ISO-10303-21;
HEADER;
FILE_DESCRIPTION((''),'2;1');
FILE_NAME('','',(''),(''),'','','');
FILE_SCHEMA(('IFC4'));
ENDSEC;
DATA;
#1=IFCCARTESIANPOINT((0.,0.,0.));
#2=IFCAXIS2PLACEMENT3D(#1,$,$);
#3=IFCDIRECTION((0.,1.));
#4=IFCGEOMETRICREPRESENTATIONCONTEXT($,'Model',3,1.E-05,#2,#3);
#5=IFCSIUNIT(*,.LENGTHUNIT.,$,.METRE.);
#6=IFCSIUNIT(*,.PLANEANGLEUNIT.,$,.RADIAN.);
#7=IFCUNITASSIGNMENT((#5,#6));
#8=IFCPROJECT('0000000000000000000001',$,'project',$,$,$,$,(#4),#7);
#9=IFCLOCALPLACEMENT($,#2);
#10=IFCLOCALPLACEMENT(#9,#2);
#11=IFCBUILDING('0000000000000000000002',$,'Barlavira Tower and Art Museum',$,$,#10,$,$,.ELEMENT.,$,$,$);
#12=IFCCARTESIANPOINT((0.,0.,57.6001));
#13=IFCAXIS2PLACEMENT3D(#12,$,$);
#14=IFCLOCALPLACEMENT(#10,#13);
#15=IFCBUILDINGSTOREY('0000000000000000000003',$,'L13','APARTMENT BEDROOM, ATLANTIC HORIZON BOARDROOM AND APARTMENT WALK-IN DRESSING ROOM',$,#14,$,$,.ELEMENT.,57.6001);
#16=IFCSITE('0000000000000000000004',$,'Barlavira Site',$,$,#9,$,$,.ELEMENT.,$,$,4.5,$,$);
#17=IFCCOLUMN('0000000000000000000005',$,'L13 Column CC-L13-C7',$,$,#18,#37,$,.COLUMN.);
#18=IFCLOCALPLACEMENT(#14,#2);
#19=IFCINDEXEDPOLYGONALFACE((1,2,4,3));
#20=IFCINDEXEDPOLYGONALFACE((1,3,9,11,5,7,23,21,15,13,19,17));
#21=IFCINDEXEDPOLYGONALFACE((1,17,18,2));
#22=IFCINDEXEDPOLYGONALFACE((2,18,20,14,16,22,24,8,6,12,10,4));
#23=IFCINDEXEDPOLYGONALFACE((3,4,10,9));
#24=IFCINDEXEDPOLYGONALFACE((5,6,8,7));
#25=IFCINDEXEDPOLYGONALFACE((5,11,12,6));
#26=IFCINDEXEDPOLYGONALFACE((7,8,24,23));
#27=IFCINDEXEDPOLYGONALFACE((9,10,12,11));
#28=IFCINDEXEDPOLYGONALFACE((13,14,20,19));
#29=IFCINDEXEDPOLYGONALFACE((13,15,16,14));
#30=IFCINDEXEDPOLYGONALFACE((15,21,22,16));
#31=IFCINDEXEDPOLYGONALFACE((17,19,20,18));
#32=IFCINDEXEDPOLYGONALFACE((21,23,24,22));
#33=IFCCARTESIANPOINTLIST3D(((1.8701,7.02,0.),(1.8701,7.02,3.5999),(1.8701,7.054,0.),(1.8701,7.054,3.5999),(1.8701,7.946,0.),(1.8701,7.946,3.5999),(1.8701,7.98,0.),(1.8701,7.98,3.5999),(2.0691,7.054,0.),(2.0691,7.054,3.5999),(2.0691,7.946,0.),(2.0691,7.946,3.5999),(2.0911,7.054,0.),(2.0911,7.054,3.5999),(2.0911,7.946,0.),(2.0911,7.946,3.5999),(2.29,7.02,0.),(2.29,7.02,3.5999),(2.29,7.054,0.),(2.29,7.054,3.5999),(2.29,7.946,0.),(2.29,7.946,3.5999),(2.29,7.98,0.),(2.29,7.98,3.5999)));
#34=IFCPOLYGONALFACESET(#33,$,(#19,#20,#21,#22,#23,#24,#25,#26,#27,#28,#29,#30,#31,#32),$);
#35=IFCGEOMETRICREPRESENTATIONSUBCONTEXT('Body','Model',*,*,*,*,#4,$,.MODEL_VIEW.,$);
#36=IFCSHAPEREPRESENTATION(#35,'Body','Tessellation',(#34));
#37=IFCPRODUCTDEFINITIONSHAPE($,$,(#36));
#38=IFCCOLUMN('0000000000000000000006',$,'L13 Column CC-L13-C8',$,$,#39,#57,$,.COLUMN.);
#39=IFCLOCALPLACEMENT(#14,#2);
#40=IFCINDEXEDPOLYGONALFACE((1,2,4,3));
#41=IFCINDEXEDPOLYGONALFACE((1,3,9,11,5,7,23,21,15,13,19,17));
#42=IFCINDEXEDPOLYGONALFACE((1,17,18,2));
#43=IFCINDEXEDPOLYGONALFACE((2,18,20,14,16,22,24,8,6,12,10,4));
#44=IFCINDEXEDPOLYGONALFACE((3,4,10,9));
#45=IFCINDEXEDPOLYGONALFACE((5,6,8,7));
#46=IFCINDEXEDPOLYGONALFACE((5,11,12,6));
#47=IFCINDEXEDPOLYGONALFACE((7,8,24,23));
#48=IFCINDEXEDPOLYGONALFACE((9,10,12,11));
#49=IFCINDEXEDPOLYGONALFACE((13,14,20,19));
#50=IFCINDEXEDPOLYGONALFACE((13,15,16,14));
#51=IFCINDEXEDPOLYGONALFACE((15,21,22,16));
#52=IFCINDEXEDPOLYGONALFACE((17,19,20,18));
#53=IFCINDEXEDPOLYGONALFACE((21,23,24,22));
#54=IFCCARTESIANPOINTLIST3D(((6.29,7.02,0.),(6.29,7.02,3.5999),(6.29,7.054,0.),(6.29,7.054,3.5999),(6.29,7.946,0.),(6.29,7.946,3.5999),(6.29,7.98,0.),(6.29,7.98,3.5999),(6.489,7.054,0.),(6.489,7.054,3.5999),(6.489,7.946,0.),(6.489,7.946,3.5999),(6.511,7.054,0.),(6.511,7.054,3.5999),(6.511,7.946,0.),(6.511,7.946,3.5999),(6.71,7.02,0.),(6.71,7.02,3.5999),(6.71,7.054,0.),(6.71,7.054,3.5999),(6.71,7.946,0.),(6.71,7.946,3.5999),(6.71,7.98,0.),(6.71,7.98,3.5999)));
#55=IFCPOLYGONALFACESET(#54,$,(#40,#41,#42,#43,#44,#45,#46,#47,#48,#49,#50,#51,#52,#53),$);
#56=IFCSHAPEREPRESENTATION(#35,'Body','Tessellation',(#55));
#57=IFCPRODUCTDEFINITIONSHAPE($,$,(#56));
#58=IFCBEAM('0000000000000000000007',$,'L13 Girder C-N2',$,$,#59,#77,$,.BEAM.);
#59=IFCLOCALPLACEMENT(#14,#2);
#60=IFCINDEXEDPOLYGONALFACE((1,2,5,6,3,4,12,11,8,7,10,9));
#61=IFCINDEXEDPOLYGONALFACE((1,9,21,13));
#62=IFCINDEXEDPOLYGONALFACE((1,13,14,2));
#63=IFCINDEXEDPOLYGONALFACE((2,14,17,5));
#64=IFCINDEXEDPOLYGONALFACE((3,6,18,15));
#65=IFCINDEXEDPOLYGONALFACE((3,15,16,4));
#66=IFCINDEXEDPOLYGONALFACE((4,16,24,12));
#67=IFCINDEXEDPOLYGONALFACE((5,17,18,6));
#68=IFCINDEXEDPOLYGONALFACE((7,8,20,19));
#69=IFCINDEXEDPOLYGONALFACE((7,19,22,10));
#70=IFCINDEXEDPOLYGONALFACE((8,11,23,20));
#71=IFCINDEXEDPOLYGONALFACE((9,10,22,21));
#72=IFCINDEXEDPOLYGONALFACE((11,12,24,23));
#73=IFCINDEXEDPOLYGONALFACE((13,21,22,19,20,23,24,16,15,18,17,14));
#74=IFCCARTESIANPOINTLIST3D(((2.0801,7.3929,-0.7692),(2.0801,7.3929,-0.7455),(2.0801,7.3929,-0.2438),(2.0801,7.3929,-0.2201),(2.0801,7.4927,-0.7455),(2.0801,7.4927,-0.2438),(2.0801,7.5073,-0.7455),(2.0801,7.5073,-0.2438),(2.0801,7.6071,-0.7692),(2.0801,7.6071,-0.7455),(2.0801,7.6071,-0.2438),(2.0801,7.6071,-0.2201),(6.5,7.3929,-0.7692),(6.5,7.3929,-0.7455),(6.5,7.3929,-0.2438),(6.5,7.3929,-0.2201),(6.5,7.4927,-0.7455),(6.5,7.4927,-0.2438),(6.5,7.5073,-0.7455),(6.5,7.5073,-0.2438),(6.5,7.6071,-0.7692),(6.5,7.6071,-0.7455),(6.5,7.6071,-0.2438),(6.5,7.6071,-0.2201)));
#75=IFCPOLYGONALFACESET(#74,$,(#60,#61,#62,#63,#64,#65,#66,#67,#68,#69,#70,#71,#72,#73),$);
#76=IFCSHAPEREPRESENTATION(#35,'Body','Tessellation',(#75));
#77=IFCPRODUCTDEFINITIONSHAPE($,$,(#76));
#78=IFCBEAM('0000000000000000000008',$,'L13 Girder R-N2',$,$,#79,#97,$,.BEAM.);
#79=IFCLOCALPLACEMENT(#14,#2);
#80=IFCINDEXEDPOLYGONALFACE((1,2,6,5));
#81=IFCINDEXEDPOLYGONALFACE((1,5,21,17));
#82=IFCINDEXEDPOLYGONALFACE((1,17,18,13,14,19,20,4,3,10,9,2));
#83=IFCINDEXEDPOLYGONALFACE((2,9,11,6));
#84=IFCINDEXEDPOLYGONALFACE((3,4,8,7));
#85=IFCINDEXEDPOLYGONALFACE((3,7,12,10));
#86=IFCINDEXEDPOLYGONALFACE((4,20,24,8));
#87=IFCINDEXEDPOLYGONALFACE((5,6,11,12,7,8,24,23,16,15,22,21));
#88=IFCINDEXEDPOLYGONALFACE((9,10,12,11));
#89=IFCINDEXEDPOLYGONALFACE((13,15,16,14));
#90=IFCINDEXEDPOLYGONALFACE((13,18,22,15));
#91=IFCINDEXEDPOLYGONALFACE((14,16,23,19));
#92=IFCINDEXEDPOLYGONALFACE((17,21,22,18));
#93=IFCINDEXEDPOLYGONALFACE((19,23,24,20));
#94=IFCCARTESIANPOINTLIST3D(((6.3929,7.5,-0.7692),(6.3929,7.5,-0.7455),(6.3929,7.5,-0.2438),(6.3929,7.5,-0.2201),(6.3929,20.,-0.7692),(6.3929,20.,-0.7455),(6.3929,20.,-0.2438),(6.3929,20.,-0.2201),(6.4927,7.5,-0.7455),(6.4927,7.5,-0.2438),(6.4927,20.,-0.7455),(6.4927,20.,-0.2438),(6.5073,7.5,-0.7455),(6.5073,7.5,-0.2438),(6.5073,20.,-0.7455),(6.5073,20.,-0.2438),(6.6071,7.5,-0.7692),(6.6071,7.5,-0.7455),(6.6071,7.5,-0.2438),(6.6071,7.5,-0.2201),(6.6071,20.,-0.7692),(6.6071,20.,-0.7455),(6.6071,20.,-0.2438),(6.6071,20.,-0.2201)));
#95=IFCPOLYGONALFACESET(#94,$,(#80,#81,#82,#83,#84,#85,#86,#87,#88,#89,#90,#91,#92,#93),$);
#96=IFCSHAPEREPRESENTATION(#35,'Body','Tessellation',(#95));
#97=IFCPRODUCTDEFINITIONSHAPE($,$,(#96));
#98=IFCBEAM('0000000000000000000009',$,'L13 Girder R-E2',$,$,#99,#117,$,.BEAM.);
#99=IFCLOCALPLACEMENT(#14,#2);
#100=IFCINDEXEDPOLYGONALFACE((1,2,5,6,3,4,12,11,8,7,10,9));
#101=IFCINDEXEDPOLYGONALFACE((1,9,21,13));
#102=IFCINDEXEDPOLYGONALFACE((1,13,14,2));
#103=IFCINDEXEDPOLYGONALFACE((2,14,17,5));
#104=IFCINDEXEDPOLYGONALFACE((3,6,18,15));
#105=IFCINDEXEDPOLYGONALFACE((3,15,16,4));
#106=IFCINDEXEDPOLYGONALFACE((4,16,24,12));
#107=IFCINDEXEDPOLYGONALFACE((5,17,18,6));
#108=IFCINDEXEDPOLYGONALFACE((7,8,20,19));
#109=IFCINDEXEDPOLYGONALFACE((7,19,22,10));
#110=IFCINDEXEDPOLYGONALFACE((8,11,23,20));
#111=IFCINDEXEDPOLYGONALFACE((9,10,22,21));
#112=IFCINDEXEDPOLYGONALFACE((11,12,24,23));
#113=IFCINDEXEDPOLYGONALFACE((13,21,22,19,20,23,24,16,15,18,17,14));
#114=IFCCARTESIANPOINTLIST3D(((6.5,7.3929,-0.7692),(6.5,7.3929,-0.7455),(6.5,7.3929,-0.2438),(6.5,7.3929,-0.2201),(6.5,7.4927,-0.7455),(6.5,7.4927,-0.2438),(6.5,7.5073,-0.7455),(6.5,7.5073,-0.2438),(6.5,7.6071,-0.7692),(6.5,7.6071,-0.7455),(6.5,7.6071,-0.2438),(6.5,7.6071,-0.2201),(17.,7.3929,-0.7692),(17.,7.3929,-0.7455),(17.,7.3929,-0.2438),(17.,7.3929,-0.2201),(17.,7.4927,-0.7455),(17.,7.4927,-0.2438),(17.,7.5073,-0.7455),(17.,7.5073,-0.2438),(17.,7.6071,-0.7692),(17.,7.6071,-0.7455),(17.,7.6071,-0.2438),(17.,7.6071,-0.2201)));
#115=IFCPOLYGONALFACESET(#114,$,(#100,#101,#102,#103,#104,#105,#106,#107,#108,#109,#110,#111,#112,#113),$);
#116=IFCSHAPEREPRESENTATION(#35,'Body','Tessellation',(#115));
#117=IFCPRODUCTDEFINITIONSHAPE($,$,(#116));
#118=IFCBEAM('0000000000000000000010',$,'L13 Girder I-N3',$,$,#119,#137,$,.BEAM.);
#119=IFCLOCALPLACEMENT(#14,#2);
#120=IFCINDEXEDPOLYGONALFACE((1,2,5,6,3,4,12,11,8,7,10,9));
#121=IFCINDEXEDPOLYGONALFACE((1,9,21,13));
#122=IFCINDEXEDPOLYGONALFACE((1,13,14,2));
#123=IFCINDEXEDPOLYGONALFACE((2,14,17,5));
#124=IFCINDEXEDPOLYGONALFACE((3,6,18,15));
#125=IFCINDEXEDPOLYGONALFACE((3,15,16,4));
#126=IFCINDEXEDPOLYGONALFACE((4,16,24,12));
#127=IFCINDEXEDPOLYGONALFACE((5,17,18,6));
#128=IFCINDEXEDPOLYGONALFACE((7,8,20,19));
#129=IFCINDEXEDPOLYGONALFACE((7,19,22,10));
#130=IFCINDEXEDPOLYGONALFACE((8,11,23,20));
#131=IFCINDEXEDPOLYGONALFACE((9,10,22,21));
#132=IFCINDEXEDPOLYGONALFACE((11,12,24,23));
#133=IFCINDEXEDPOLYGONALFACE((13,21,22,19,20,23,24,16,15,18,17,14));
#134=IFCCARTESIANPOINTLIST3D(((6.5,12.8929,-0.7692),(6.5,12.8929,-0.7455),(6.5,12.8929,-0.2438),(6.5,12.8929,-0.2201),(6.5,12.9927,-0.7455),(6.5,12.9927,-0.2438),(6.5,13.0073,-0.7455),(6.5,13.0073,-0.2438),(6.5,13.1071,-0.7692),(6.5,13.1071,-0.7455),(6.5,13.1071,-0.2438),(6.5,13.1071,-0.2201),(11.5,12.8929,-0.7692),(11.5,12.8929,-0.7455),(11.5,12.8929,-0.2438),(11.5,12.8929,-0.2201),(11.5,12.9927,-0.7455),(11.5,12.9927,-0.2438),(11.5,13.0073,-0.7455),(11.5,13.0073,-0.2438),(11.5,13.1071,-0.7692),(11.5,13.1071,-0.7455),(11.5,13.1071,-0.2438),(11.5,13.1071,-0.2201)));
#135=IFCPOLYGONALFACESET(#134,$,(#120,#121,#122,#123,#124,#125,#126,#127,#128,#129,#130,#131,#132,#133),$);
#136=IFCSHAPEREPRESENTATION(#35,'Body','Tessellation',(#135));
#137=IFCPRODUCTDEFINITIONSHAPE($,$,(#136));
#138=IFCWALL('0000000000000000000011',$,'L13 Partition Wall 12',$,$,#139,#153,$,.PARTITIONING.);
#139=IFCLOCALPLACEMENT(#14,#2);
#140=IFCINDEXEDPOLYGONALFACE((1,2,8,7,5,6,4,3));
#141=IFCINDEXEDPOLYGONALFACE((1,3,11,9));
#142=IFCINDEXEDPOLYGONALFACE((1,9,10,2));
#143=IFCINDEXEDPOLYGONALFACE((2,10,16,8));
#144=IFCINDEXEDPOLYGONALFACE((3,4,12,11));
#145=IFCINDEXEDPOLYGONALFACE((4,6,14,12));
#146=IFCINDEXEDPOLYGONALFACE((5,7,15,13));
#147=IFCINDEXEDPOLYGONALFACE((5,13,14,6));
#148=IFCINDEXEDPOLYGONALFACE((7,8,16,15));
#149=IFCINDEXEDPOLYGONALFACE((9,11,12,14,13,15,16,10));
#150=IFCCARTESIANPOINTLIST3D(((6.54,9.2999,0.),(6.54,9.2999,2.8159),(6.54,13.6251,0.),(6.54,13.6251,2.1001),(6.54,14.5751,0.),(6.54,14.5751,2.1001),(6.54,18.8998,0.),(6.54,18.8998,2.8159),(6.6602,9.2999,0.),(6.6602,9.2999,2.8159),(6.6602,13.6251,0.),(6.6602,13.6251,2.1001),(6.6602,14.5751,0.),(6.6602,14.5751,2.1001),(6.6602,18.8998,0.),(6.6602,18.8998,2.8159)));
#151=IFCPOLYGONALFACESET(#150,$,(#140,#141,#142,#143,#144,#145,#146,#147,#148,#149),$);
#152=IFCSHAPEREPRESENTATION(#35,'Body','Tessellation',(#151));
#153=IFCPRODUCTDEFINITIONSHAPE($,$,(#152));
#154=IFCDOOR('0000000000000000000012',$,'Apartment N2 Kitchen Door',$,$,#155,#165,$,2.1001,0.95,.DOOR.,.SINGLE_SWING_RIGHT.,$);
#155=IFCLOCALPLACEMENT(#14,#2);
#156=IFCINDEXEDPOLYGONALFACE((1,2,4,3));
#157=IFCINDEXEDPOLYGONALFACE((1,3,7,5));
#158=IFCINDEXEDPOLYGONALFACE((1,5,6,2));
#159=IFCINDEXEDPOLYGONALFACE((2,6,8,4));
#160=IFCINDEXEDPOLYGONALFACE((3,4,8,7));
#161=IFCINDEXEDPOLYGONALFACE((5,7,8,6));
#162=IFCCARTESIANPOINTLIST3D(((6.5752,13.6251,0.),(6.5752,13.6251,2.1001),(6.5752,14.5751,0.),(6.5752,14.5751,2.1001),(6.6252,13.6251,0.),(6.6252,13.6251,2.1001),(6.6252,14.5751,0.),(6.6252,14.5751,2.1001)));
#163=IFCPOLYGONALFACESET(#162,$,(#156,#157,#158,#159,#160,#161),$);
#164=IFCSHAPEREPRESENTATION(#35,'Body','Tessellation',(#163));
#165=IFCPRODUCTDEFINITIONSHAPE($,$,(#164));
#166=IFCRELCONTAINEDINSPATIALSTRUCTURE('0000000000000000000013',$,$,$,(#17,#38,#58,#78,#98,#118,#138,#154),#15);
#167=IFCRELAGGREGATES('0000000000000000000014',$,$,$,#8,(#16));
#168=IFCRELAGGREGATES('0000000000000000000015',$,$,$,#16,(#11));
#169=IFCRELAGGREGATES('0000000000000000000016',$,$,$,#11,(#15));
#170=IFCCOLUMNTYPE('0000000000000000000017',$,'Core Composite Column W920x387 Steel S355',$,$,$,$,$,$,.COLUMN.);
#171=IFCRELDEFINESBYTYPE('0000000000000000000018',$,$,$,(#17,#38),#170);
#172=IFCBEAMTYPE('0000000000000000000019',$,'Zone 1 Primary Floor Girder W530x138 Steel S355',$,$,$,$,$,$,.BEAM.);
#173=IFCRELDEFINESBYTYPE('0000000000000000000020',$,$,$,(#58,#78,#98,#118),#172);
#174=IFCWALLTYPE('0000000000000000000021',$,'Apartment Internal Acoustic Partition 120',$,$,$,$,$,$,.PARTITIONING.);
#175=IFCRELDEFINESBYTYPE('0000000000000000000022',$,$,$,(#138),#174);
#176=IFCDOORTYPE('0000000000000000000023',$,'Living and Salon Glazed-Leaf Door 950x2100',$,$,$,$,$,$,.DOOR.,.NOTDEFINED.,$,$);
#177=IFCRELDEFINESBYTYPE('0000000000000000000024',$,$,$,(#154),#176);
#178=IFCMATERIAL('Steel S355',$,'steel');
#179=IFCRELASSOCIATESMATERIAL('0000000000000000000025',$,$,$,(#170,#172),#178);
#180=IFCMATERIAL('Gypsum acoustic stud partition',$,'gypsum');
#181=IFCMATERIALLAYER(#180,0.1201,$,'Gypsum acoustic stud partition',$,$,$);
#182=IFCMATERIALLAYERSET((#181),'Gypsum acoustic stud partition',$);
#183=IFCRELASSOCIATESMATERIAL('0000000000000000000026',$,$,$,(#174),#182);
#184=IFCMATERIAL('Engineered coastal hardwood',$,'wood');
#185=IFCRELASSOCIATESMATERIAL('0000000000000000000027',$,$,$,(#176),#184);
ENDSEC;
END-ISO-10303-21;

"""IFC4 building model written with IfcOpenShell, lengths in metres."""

from ifc_helpers import new_model, si_unit, direction, frame, frame_2d, origin, origin_2d, place, context, subcontext, project, spatial, rectangle, i_section, extrude, material, layer, layer_set, material_profile, profile_set, type_object, element, fill, save


model = new_model("IFC4")

# Units and contexts
model_context = context("Model", 3, precision=1e-05, world=origin(), true_north=direction((0.0, 1.0)))
body_context = subcontext(model_context, "Body", "Model", "MODEL_VIEW")
ifc_project = project(units=[si_unit("LENGTHUNIT", "METRE"), si_unit("PLANEANGLEUNIT", "RADIAN")], contexts=[model_context])

# Site, building, storey
site_placement = place(None, origin())
site = spatial("IfcSite", under=ifc_project, at=site_placement, Name="Barlavira Site", CompositionType="ELEMENT", RefElevation=4.5)
building_placement = place(site_placement, origin())
building = spatial("IfcBuilding", under=site, at=building_placement, Name="Barlavira Tower and Art Museum", CompositionType="ELEMENT")
storey_placement = place(building_placement, frame((0.0, 0.0, 57.6001)))
storey = spatial("IfcBuildingStorey", under=building, at=storey_placement, Name="L13", Description="APARTMENT BEDROOM, ATLANTIC HORIZON BOARDROOM AND APARTMENT WALK-IN DRESSING ROOM", CompositionType="ELEMENT", Elevation=57.6001)

# Columns
ifc_material_1 = material(Name="Steel S355", Category="steel")
ifc_material_profile_1 = material_profile(ifc_material_1, i_section(OverallWidth=0.4199, OverallDepth=0.96, WebThickness=0.022, FlangeThickness=0.0339, at=origin_2d()), Name="W920x387.0")
ifc_profile_set_1 = profile_set([ifc_material_profile_1], Name="Steel S355")
column_type = type_object("IfcColumnType", Name="Core Composite Column W920x387 Steel S355", PredefinedType="COLUMN", material=ifc_profile_set_1)
for number, where, z_axis, x_axis, name in (
    (1, (2.0801, 7.5, 0.0), (0.0, 0.0, 1.0), (1.0, 0.0, 0.0), "L13 Column CC-L13-C7"),
    (2, (6.5, 7.5, 0.0), (0.0, 0.0, 1.0), (1.0, 0.0, 0.0), "L13 Column CC-L13-C8"),
):
    element("IfcColumn", number, at=place(storey_placement, frame(where, z_axis=z_axis, x_axis=x_axis)), inside=storey, type_object=column_type, Name=name, PredefinedType="COLUMN", context=body_context, shape_type="SweptSolid", body=[
        extrude(i_section(OverallWidth=0.4199, OverallDepth=0.96, WebThickness=0.022, FlangeThickness=0.0339, at=origin_2d()), origin(), (0.0, 0.0, 1.0), 3.5999),
    ])

# Beams
ifc_material_profile_2 = material_profile(ifc_material_1, i_section(OverallWidth=0.2141, OverallDepth=0.5491, WebThickness=0.0146, FlangeThickness=0.0237, at=origin_2d()), Name="W530x138.0")
ifc_profile_set_2 = profile_set([ifc_material_profile_2], Name="Steel S355")
beam_type = type_object("IfcBeamType", Name="Zone 1 Primary Floor Girder W530x138 Steel S355", PredefinedType="BEAM", material=ifc_profile_set_2)
beam_1_placement = place(storey_placement, frame((2.0801, 7.5, -0.4946), z_axis=(1.0, 0.0, 0.0), x_axis=(0.0, 1.0, 0.0)))
element("IfcBeam", 3, at=beam_1_placement, inside=storey, type_object=beam_type, Name="L13 Girder C-N2", PredefinedType="BEAM", context=body_context, shape_type="SweptSolid", body=[
    extrude(i_section(OverallWidth=0.2141, OverallDepth=0.5491, WebThickness=0.0146, FlangeThickness=0.0237, at=origin_2d()), origin(), (0.0, 0.0, 1.0), 4.4199),
])
beam_2_placement = place(storey_placement, frame((6.5, 7.5, -0.4946), z_axis=(0.0, 1.0, 0.0), x_axis=(-1.0, 0.0, 0.0)))
element("IfcBeam", 4, at=beam_2_placement, inside=storey, type_object=beam_type, Name="L13 Girder R-N2", PredefinedType="BEAM", context=body_context, shape_type="SweptSolid", body=[
    extrude(i_section(OverallWidth=0.2141, OverallDepth=0.5491, WebThickness=0.0146, FlangeThickness=0.0237, at=origin_2d()), origin(), (0.0, 0.0, 1.0), 12.5),
])
beam_3_placement = place(storey_placement, frame((6.5, 7.5, -0.4946), z_axis=(1.0, 0.0, 0.0), x_axis=(0.0, 1.0, 0.0)))
element("IfcBeam", 5, at=beam_3_placement, inside=storey, type_object=beam_type, Name="L13 Girder R-E2", PredefinedType="BEAM", context=body_context, shape_type="SweptSolid", body=[
    extrude(i_section(OverallWidth=0.2141, OverallDepth=0.5491, WebThickness=0.0146, FlangeThickness=0.0237, at=origin_2d()), origin(), (0.0, 0.0, 1.0), 10.5),
])
beam_4_placement = place(storey_placement, frame((6.5, 13.0, -0.4946), z_axis=(1.0, 0.0, 0.0), x_axis=(0.0, 1.0, 0.0)))
element("IfcBeam", 6, at=beam_4_placement, inside=storey, type_object=beam_type, Name="L13 Girder I-N3", PredefinedType="BEAM", context=body_context, shape_type="SweptSolid", body=[
    extrude(i_section(OverallWidth=0.2141, OverallDepth=0.5491, WebThickness=0.0146, FlangeThickness=0.0237, at=origin_2d()), origin(), (0.0, 0.0, 1.0), 5.0),
])

# Wall, opening, door
ifc_material_2 = material(Name="Gypsum acoustic stud partition", Category="gypsum")
ifc_layer_1 = layer(ifc_material_2, 0.1201, Name="Gypsum acoustic stud partition")
ifc_layer_set_1 = layer_set([ifc_layer_1], Name="Gypsum acoustic stud partition")
wall_type_1 = type_object("IfcWallType", Name="Apartment Internal Acoustic Partition 120", PredefinedType="PARTITIONING", material=ifc_layer_set_1)
wall_1_placement = place(storey_placement, frame((6.6001, 9.3, 0.0), z_axis=(0.0, 0.0, 1.0), x_axis=(0.0, 1.0, 0.0)))
wall_1 = element("IfcWall", 7, at=wall_1_placement, inside=storey, type_object=wall_type_1, Name="L13 Partition Wall 12", PredefinedType="PARTITIONING", context=body_context, shape_type="SweptSolid", body=[
    extrude(rectangle(XDim=9.5999, YDim=0.1201, at=frame_2d((4.7998, 0.0))), origin(), (0.0, 0.0, 1.0), 2.8159),
])
opening_1_placement = place(wall_1_placement, frame((4.325, 0.0, 0.0)))
opening_1 = element("IfcOpeningElement", 8, at=opening_1_placement, cuts=wall_1, PredefinedType="OPENING", context=body_context, shape_type="SweptSolid", body=[
    extrude(rectangle(XDim=0.95, YDim=2.1001, at=frame_2d((0.4751, 1.05))), frame((0.0, 0.0701, 0.0), z_axis=(0.0, -1.0, 0.0), x_axis=(1.0, 0.0, 0.0)), (0.0, 0.0, 1.0), 0.1401),
])
ifc_material_3 = material(Name="Engineered coastal hardwood", Category="wood")
door_type_1 = type_object("IfcDoorType", Name="Living and Salon Glazed-Leaf Door 950x2100", OperationType="NOTDEFINED", PredefinedType="DOOR", material=ifc_material_3)
door_1_placement = place(opening_1_placement, origin())
door_1 = element("IfcDoor", 9, at=door_1_placement, inside=storey, type_object=door_type_1, Name="Apartment N2 Kitchen Door", OperationType="SINGLE_SWING_RIGHT", OverallHeight=2.1001, OverallWidth=0.95, PredefinedType="DOOR", context=body_context, shape_type="SweptSolid", body=[
    extrude(rectangle(XDim=0.95, YDim=2.1001, at=frame_2d((0.4751, 1.05))), frame((0.0, 0.0249, 0.0), z_axis=(0.0, -1.0, 0.0), x_axis=(1.0, 0.0, 0.0)), (0.0, 0.0, 1.0), 0.05),
])
fill(opening_1, door_1)

save(model, "model.ifc")
